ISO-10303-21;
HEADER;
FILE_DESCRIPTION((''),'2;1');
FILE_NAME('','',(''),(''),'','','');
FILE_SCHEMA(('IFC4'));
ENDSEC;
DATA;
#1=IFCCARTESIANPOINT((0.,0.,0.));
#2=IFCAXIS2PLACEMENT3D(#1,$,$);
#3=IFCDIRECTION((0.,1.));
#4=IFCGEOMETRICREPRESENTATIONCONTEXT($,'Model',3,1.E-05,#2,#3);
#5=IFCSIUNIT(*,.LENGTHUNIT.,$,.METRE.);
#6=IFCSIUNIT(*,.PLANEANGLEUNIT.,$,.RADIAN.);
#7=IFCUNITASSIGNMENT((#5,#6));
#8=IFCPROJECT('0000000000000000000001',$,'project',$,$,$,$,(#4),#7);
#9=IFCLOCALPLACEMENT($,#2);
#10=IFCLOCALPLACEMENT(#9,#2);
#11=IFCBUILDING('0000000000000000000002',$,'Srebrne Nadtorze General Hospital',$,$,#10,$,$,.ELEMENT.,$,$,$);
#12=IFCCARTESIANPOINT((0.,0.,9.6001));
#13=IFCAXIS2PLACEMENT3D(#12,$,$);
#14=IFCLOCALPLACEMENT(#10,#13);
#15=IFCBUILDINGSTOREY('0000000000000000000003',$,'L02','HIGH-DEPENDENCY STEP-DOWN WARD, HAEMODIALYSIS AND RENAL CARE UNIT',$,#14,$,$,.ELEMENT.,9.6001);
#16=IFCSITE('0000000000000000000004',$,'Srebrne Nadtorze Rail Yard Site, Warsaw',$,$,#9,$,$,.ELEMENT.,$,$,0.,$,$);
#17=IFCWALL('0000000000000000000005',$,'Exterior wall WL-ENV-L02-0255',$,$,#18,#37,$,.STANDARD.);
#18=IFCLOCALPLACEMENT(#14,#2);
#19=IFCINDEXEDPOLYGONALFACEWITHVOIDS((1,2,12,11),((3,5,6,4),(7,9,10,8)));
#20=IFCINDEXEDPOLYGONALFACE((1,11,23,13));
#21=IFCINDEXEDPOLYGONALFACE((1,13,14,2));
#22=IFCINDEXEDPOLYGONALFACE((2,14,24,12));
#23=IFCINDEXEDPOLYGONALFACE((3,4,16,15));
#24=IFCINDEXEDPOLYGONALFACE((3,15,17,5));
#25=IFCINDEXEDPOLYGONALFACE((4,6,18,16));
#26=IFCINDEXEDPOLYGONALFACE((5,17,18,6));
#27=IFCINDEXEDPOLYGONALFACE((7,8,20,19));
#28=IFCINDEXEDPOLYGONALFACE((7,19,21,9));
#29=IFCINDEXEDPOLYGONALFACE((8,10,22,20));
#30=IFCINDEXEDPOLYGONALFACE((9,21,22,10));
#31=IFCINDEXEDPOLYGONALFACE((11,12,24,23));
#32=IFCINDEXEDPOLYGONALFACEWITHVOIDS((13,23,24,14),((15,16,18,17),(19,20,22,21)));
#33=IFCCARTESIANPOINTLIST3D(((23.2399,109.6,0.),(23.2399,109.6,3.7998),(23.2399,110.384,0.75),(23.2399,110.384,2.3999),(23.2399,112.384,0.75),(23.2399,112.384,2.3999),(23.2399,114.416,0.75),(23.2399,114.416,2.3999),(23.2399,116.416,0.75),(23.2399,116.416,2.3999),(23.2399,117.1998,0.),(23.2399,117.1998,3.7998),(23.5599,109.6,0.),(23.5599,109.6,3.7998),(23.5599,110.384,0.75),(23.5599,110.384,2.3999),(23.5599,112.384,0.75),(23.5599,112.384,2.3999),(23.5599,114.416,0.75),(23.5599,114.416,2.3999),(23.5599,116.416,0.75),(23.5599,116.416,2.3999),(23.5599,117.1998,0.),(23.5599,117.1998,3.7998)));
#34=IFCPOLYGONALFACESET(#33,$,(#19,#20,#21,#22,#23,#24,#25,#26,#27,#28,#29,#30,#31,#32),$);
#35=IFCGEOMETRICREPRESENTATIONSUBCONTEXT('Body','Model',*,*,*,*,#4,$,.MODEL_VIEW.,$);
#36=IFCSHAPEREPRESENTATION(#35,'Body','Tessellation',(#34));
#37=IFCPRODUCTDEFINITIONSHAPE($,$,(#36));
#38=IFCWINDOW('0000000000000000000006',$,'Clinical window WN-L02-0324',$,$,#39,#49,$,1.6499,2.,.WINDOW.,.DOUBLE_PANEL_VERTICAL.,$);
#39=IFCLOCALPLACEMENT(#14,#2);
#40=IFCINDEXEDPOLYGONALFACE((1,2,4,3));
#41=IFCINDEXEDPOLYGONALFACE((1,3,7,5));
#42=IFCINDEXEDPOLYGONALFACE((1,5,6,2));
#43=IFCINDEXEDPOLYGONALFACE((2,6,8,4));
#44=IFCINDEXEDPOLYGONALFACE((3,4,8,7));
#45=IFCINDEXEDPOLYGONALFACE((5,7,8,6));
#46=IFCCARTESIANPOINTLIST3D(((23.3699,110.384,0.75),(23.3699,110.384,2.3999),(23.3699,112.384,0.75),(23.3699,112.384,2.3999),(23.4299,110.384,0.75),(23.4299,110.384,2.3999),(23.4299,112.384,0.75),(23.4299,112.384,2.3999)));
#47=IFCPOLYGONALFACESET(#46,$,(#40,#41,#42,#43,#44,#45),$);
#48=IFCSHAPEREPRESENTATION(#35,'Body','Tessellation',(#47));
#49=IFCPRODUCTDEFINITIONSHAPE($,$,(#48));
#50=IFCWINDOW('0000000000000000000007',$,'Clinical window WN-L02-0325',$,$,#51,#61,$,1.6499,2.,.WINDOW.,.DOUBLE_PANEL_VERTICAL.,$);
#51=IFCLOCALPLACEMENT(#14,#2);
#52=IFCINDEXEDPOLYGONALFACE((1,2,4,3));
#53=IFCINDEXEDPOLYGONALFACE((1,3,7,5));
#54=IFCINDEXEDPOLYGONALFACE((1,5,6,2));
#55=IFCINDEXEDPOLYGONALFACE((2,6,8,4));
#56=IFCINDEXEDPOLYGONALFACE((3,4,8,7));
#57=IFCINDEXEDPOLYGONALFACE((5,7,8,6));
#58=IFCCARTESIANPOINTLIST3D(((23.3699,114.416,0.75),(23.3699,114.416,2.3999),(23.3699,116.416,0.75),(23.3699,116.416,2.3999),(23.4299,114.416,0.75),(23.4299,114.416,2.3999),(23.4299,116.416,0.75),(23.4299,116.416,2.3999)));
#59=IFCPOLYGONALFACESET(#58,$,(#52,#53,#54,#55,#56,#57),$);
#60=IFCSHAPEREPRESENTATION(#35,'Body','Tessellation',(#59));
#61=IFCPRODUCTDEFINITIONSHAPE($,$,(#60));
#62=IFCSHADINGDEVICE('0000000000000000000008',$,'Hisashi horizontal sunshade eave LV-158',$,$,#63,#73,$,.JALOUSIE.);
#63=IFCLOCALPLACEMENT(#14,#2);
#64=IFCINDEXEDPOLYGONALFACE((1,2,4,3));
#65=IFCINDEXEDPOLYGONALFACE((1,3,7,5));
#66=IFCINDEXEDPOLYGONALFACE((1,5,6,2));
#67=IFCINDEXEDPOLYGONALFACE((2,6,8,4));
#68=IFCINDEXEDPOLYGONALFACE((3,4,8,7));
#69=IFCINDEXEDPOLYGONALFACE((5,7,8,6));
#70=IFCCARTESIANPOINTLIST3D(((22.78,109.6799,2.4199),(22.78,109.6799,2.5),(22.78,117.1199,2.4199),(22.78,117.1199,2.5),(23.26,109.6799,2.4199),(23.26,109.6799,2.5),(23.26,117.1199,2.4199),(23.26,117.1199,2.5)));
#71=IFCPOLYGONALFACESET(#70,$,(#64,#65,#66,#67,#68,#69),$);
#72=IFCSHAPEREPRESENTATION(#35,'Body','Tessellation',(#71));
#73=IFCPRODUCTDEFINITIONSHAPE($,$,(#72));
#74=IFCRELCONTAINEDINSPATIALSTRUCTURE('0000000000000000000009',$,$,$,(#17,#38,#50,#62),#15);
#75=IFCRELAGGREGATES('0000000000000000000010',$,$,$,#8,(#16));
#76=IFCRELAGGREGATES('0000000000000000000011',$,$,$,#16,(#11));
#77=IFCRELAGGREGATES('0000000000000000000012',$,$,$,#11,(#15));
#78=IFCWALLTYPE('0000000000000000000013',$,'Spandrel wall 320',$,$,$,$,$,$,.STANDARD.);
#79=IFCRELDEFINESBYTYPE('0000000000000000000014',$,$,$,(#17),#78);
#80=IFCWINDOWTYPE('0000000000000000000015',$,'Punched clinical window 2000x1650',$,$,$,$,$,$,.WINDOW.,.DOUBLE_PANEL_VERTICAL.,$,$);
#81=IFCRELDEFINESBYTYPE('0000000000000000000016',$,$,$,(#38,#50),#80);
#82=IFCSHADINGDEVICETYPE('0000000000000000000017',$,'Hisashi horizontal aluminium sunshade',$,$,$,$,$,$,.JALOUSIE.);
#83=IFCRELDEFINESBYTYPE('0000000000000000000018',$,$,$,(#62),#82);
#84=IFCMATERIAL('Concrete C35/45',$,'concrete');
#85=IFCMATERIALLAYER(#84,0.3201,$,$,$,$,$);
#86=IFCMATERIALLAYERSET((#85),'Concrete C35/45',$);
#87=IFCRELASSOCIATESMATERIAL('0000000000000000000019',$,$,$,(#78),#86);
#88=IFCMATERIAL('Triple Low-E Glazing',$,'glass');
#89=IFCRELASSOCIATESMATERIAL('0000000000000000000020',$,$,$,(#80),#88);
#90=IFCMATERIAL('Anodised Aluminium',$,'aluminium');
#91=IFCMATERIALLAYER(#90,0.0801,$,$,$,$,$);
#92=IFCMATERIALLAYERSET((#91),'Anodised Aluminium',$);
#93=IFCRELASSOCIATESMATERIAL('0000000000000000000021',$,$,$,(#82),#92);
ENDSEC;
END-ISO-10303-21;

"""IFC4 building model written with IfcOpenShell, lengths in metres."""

from ifc_helpers import new_model, si_unit, direction, frame, frame_2d, origin, origin_2d, place, context, subcontext, project, spatial, rectangle, extrude, material, layer, layer_set, type_object, element, fill, save


model = new_model("IFC4")

# Units and contexts
model_context = context("Model", 3, precision=1e-05, world=origin(), true_north=direction((0.0, 1.0)))
body_context = subcontext(model_context, "Body", "Model", "MODEL_VIEW")
ifc_project = project(units=[si_unit("LENGTHUNIT", "METRE"), si_unit("PLANEANGLEUNIT", "RADIAN")], contexts=[model_context])

# Site, building, storey
site_placement = place(None, origin())
site = spatial("IfcSite", under=ifc_project, at=site_placement, Name="Srebrne Nadtorze Rail Yard Site, Warsaw", CompositionType="ELEMENT", RefElevation=0.0)
building_placement = place(site_placement, origin())
building = spatial("IfcBuilding", under=site, at=building_placement, Name="Srebrne Nadtorze General Hospital", CompositionType="ELEMENT")
storey_placement = place(building_placement, frame((0.0, 0.0, 9.6001)))
storey = spatial("IfcBuildingStorey", under=building, at=storey_placement, Name="L02", Description="HIGH-DEPENDENCY STEP-DOWN WARD, HAEMODIALYSIS AND RENAL CARE UNIT", CompositionType="ELEMENT", Elevation=9.6001)

# Wall, openings, windows
ifc_material_1 = material(Name="Concrete C35/45", Category="concrete")
ifc_layer_1 = layer(ifc_material_1, 0.3201)
ifc_layer_set_1 = layer_set([ifc_layer_1], Name="Concrete C35/45")
wall_type_1 = type_object("IfcWallType", Name="Spandrel wall 320", PredefinedType="STANDARD", material=ifc_layer_set_1)
wall_1_placement = place(storey_placement, frame((23.3999, 109.6001, 0.0), z_axis=(0.0, 0.0, 1.0), x_axis=(0.0, 1.0, 0.0)))
wall_1 = element("IfcWall", 1, at=wall_1_placement, inside=storey, type_object=wall_type_1, Name="Exterior wall WL-ENV-L02-0255", PredefinedType="STANDARD", context=body_context, shape_type="SweptSolid", body=[
    extrude(rectangle(XDim=7.5999, YDim=0.3201, at=frame_2d((3.7998, 0.0))), origin(), (0.0, 0.0, 1.0), 3.7998),
])
opening_1_placement = place(wall_1_placement, frame((0.7839, 0.0, 0.75)))
opening_1 = element("IfcOpeningElement", 2, at=opening_1_placement, cuts=wall_1, PredefinedType="OPENING", context=body_context, shape_type="SweptSolid", body=[
    extrude(rectangle(XDim=2.0, YDim=1.6499, at=frame_2d((1.0, 0.825))), frame((0.0, 0.1719, 0.0), z_axis=(0.0, -1.0, 0.0), x_axis=(1.0, 0.0, 0.0)), (0.0, 0.0, 1.0), 0.344),
])
opening_2_placement = place(wall_1_placement, frame((4.8159, 0.0, 0.75)))
opening_2 = element("IfcOpeningElement", 3, at=opening_2_placement, cuts=wall_1, PredefinedType="OPENING", context=body_context, shape_type="SweptSolid", body=[
    extrude(rectangle(XDim=2.0, YDim=1.6499, at=frame_2d((1.0, 0.825))), frame((0.0, 0.1719, 0.0), z_axis=(0.0, -1.0, 0.0), x_axis=(1.0, 0.0, 0.0)), (0.0, 0.0, 1.0), 0.344),
])
ifc_material_2 = material(Name="Triple Low-E Glazing", Category="glass")
window_type_1 = type_object("IfcWindowType", Name="Punched clinical window 2000x1650", PartitioningType="DOUBLE_PANEL_VERTICAL", PredefinedType="WINDOW", material=ifc_material_2)
window_1_placement = place(opening_1_placement, origin())
window_1 = element("IfcWindow", 4, at=window_1_placement, inside=storey, type_object=window_type_1, Name="Clinical window WN-L02-0324", OverallHeight=1.6499, OverallWidth=2.0, PartitioningType="DOUBLE_PANEL_VERTICAL", PredefinedType="WINDOW", context=body_context, shape_type="SweptSolid", body=[
    extrude(rectangle(XDim=2.0, YDim=1.6499, at=frame_2d((1.0, 0.825))), frame((0.0, 0.03, 0.0), z_axis=(0.0, -1.0, 0.0), x_axis=(1.0, 0.0, 0.0)), (0.0, 0.0, 1.0), 0.0601),
])
fill(opening_1, window_1)
window_2_placement = place(opening_2_placement, origin())
window_2 = element("IfcWindow", 5, at=window_2_placement, inside=storey, type_object=window_type_1, Name="Clinical window WN-L02-0325", OverallHeight=1.6499, OverallWidth=2.0, PartitioningType="DOUBLE_PANEL_VERTICAL", PredefinedType="WINDOW", context=body_context, shape_type="SweptSolid", body=[
    extrude(rectangle(XDim=2.0, YDim=1.6499, at=frame_2d((1.0, 0.825))), frame((0.0, 0.03, 0.0), z_axis=(0.0, -1.0, 0.0), x_axis=(1.0, 0.0, 0.0)), (0.0, 0.0, 1.0), 0.0601),
])
fill(opening_2, window_2)

# Shading device
ifc_material_3 = material(Name="Anodised Aluminium", Category="aluminium")
ifc_layer_2 = layer(ifc_material_3, 0.0801)
ifc_layer_set_2 = layer_set([ifc_layer_2], Name="Anodised Aluminium")
shading_device_type = type_object("IfcShadingDeviceType", Name="Hisashi horizontal aluminium sunshade", PredefinedType="JALOUSIE", material=ifc_layer_set_2)
shading_device_placement = place(storey_placement, frame((23.02, 113.3999, 2.4199), z_axis=(0.0, 0.0, 1.0), x_axis=(1.0, 0.0, 0.0)))
element("IfcShadingDevice", 6, at=shading_device_placement, inside=storey, type_object=shading_device_type, Name="Hisashi horizontal sunshade eave LV-158", PredefinedType="JALOUSIE", context=body_context, shape_type="SweptSolid", body=[
    extrude(rectangle(XDim=0.48, YDim=7.4399, at=origin_2d()), origin(), (0.0, 0.0, 1.0), 0.0801),
])

save(model, "model.ifc")
